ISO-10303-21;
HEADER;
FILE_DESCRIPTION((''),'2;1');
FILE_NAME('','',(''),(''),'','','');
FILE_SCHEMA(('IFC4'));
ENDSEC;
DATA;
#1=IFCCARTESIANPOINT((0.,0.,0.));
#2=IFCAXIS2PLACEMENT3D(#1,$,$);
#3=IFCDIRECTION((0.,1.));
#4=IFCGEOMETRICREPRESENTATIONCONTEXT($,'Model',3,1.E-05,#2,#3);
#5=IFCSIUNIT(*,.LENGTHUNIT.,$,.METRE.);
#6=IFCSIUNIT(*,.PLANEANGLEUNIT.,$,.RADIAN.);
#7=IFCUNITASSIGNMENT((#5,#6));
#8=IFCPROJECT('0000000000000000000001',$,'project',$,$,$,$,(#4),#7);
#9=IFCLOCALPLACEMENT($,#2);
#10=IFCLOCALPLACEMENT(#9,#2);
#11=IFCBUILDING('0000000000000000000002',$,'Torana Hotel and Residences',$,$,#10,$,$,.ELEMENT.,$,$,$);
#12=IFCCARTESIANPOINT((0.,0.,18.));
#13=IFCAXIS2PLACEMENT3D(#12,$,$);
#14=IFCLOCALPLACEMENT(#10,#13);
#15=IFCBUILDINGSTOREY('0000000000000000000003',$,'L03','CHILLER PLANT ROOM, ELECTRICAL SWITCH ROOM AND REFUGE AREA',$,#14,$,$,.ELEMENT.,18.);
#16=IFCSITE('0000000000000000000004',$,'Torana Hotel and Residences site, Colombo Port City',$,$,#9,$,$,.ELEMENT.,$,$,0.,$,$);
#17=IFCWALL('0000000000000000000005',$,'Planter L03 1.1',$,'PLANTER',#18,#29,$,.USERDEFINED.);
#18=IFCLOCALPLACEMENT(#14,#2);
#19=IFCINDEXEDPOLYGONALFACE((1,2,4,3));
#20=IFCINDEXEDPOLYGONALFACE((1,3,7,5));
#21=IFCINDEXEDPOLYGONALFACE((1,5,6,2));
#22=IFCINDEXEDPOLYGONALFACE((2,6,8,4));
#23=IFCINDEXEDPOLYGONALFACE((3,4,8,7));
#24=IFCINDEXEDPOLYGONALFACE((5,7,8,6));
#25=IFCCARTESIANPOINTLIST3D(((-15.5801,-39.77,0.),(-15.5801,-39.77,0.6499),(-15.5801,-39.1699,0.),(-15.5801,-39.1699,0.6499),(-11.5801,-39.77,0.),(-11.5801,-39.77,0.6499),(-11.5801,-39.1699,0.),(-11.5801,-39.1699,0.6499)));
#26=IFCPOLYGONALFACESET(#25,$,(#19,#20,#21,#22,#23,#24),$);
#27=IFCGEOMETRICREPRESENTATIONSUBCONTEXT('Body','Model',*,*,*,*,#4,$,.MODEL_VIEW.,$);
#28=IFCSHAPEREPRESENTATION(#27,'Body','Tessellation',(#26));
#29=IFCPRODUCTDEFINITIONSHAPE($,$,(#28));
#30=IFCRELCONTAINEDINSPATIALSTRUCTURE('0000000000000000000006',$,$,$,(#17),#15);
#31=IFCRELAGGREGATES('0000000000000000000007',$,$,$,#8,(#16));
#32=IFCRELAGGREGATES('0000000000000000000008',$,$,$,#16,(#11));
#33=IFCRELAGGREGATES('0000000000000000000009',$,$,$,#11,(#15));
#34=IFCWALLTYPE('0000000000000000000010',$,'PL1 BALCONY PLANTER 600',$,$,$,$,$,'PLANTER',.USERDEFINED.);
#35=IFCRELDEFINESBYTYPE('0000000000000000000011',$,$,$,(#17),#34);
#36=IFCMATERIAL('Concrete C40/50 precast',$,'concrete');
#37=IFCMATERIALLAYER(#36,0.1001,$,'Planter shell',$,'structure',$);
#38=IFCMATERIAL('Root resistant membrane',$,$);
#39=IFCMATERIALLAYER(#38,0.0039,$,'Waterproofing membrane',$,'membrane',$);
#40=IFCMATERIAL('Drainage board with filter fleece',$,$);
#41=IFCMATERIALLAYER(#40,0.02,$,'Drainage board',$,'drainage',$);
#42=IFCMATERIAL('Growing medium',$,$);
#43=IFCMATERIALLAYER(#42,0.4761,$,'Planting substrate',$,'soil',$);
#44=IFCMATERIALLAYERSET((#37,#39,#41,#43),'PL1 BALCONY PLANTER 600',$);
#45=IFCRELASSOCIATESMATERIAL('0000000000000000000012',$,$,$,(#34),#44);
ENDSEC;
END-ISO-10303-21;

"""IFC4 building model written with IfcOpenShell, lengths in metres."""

from ifc_helpers import new_model, si_unit, direction, frame, frame_2d, origin, place, context, subcontext, project, spatial, rectangle, extrude, material, layer, layer_set, type_object, element, save


model = new_model("IFC4")

# Units and contexts
model_context = context("Model", 3, precision=1e-05, world=origin(), true_north=direction((0.0, 1.0)))
body_context = subcontext(model_context, "Body", "Model", "MODEL_VIEW")
ifc_project = project(units=[si_unit("LENGTHUNIT", "METRE"), si_unit("PLANEANGLEUNIT", "RADIAN")], contexts=[model_context])

# Site, building, storey
site_placement = place(None, origin())
site = spatial("IfcSite", under=ifc_project, at=site_placement, Name="Torana Hotel and Residences site, Colombo Port City", CompositionType="ELEMENT", RefElevation=0.0)
building_placement = place(site_placement, origin())
building = spatial("IfcBuilding", under=site, at=building_placement, Name="Torana Hotel and Residences", CompositionType="ELEMENT")
storey_placement = place(building_placement, frame((0.0, 0.0, 18.0)))
storey = spatial("IfcBuildingStorey", under=building, at=storey_placement, Name="L03", Description="CHILLER PLANT ROOM, ELECTRICAL SWITCH ROOM AND REFUGE AREA", CompositionType="ELEMENT", Elevation=18.0)

# Wall
ifc_material_1 = material(Name="Concrete C40/50 precast", Category="concrete")
ifc_layer_1 = layer(ifc_material_1, 0.1001, Name="Planter shell", Category="structure")
ifc_material_2 = material(Name="Root resistant membrane")
ifc_layer_2 = layer(ifc_material_2, 0.0039, Name="Waterproofing membrane", Category="membrane")
ifc_material_3 = material(Name="Drainage board with filter fleece")
ifc_layer_3 = layer(ifc_material_3, 0.02, Name="Drainage board", Category="drainage")
ifc_material_4 = material(Name="Growing medium")
ifc_layer_4 = layer(ifc_material_4, 0.4761, Name="Planting substrate", Category="soil")
ifc_layer_set_1 = layer_set([ifc_layer_1, ifc_layer_2, ifc_layer_3, ifc_layer_4], Name="PL1 BALCONY PLANTER 600")
wall_type_1 = type_object("IfcWallType", Name="PL1 BALCONY PLANTER 600", ElementType="PLANTER", PredefinedType="USERDEFINED", material=ifc_layer_set_1)
wall_1_placement = place(storey_placement, frame((-11.5801, -39.47, 0.0), z_axis=(0.0, 0.0, 1.0), x_axis=(-1.0, 0.0, 0.0)))
element("IfcWall", 1, at=wall_1_placement, inside=storey, type_object=wall_type_1, Name="Planter L03 1.1", ObjectType="PLANTER", PredefinedType="USERDEFINED", context=body_context, shape_type="SweptSolid", body=[
    extrude(rectangle(XDim=4.0, YDim=0.6001, at=frame_2d((2.0, 0.0))), origin(), (0.0, 0.0, 1.0), 0.6499),
])

save(model, "model.ifc")
